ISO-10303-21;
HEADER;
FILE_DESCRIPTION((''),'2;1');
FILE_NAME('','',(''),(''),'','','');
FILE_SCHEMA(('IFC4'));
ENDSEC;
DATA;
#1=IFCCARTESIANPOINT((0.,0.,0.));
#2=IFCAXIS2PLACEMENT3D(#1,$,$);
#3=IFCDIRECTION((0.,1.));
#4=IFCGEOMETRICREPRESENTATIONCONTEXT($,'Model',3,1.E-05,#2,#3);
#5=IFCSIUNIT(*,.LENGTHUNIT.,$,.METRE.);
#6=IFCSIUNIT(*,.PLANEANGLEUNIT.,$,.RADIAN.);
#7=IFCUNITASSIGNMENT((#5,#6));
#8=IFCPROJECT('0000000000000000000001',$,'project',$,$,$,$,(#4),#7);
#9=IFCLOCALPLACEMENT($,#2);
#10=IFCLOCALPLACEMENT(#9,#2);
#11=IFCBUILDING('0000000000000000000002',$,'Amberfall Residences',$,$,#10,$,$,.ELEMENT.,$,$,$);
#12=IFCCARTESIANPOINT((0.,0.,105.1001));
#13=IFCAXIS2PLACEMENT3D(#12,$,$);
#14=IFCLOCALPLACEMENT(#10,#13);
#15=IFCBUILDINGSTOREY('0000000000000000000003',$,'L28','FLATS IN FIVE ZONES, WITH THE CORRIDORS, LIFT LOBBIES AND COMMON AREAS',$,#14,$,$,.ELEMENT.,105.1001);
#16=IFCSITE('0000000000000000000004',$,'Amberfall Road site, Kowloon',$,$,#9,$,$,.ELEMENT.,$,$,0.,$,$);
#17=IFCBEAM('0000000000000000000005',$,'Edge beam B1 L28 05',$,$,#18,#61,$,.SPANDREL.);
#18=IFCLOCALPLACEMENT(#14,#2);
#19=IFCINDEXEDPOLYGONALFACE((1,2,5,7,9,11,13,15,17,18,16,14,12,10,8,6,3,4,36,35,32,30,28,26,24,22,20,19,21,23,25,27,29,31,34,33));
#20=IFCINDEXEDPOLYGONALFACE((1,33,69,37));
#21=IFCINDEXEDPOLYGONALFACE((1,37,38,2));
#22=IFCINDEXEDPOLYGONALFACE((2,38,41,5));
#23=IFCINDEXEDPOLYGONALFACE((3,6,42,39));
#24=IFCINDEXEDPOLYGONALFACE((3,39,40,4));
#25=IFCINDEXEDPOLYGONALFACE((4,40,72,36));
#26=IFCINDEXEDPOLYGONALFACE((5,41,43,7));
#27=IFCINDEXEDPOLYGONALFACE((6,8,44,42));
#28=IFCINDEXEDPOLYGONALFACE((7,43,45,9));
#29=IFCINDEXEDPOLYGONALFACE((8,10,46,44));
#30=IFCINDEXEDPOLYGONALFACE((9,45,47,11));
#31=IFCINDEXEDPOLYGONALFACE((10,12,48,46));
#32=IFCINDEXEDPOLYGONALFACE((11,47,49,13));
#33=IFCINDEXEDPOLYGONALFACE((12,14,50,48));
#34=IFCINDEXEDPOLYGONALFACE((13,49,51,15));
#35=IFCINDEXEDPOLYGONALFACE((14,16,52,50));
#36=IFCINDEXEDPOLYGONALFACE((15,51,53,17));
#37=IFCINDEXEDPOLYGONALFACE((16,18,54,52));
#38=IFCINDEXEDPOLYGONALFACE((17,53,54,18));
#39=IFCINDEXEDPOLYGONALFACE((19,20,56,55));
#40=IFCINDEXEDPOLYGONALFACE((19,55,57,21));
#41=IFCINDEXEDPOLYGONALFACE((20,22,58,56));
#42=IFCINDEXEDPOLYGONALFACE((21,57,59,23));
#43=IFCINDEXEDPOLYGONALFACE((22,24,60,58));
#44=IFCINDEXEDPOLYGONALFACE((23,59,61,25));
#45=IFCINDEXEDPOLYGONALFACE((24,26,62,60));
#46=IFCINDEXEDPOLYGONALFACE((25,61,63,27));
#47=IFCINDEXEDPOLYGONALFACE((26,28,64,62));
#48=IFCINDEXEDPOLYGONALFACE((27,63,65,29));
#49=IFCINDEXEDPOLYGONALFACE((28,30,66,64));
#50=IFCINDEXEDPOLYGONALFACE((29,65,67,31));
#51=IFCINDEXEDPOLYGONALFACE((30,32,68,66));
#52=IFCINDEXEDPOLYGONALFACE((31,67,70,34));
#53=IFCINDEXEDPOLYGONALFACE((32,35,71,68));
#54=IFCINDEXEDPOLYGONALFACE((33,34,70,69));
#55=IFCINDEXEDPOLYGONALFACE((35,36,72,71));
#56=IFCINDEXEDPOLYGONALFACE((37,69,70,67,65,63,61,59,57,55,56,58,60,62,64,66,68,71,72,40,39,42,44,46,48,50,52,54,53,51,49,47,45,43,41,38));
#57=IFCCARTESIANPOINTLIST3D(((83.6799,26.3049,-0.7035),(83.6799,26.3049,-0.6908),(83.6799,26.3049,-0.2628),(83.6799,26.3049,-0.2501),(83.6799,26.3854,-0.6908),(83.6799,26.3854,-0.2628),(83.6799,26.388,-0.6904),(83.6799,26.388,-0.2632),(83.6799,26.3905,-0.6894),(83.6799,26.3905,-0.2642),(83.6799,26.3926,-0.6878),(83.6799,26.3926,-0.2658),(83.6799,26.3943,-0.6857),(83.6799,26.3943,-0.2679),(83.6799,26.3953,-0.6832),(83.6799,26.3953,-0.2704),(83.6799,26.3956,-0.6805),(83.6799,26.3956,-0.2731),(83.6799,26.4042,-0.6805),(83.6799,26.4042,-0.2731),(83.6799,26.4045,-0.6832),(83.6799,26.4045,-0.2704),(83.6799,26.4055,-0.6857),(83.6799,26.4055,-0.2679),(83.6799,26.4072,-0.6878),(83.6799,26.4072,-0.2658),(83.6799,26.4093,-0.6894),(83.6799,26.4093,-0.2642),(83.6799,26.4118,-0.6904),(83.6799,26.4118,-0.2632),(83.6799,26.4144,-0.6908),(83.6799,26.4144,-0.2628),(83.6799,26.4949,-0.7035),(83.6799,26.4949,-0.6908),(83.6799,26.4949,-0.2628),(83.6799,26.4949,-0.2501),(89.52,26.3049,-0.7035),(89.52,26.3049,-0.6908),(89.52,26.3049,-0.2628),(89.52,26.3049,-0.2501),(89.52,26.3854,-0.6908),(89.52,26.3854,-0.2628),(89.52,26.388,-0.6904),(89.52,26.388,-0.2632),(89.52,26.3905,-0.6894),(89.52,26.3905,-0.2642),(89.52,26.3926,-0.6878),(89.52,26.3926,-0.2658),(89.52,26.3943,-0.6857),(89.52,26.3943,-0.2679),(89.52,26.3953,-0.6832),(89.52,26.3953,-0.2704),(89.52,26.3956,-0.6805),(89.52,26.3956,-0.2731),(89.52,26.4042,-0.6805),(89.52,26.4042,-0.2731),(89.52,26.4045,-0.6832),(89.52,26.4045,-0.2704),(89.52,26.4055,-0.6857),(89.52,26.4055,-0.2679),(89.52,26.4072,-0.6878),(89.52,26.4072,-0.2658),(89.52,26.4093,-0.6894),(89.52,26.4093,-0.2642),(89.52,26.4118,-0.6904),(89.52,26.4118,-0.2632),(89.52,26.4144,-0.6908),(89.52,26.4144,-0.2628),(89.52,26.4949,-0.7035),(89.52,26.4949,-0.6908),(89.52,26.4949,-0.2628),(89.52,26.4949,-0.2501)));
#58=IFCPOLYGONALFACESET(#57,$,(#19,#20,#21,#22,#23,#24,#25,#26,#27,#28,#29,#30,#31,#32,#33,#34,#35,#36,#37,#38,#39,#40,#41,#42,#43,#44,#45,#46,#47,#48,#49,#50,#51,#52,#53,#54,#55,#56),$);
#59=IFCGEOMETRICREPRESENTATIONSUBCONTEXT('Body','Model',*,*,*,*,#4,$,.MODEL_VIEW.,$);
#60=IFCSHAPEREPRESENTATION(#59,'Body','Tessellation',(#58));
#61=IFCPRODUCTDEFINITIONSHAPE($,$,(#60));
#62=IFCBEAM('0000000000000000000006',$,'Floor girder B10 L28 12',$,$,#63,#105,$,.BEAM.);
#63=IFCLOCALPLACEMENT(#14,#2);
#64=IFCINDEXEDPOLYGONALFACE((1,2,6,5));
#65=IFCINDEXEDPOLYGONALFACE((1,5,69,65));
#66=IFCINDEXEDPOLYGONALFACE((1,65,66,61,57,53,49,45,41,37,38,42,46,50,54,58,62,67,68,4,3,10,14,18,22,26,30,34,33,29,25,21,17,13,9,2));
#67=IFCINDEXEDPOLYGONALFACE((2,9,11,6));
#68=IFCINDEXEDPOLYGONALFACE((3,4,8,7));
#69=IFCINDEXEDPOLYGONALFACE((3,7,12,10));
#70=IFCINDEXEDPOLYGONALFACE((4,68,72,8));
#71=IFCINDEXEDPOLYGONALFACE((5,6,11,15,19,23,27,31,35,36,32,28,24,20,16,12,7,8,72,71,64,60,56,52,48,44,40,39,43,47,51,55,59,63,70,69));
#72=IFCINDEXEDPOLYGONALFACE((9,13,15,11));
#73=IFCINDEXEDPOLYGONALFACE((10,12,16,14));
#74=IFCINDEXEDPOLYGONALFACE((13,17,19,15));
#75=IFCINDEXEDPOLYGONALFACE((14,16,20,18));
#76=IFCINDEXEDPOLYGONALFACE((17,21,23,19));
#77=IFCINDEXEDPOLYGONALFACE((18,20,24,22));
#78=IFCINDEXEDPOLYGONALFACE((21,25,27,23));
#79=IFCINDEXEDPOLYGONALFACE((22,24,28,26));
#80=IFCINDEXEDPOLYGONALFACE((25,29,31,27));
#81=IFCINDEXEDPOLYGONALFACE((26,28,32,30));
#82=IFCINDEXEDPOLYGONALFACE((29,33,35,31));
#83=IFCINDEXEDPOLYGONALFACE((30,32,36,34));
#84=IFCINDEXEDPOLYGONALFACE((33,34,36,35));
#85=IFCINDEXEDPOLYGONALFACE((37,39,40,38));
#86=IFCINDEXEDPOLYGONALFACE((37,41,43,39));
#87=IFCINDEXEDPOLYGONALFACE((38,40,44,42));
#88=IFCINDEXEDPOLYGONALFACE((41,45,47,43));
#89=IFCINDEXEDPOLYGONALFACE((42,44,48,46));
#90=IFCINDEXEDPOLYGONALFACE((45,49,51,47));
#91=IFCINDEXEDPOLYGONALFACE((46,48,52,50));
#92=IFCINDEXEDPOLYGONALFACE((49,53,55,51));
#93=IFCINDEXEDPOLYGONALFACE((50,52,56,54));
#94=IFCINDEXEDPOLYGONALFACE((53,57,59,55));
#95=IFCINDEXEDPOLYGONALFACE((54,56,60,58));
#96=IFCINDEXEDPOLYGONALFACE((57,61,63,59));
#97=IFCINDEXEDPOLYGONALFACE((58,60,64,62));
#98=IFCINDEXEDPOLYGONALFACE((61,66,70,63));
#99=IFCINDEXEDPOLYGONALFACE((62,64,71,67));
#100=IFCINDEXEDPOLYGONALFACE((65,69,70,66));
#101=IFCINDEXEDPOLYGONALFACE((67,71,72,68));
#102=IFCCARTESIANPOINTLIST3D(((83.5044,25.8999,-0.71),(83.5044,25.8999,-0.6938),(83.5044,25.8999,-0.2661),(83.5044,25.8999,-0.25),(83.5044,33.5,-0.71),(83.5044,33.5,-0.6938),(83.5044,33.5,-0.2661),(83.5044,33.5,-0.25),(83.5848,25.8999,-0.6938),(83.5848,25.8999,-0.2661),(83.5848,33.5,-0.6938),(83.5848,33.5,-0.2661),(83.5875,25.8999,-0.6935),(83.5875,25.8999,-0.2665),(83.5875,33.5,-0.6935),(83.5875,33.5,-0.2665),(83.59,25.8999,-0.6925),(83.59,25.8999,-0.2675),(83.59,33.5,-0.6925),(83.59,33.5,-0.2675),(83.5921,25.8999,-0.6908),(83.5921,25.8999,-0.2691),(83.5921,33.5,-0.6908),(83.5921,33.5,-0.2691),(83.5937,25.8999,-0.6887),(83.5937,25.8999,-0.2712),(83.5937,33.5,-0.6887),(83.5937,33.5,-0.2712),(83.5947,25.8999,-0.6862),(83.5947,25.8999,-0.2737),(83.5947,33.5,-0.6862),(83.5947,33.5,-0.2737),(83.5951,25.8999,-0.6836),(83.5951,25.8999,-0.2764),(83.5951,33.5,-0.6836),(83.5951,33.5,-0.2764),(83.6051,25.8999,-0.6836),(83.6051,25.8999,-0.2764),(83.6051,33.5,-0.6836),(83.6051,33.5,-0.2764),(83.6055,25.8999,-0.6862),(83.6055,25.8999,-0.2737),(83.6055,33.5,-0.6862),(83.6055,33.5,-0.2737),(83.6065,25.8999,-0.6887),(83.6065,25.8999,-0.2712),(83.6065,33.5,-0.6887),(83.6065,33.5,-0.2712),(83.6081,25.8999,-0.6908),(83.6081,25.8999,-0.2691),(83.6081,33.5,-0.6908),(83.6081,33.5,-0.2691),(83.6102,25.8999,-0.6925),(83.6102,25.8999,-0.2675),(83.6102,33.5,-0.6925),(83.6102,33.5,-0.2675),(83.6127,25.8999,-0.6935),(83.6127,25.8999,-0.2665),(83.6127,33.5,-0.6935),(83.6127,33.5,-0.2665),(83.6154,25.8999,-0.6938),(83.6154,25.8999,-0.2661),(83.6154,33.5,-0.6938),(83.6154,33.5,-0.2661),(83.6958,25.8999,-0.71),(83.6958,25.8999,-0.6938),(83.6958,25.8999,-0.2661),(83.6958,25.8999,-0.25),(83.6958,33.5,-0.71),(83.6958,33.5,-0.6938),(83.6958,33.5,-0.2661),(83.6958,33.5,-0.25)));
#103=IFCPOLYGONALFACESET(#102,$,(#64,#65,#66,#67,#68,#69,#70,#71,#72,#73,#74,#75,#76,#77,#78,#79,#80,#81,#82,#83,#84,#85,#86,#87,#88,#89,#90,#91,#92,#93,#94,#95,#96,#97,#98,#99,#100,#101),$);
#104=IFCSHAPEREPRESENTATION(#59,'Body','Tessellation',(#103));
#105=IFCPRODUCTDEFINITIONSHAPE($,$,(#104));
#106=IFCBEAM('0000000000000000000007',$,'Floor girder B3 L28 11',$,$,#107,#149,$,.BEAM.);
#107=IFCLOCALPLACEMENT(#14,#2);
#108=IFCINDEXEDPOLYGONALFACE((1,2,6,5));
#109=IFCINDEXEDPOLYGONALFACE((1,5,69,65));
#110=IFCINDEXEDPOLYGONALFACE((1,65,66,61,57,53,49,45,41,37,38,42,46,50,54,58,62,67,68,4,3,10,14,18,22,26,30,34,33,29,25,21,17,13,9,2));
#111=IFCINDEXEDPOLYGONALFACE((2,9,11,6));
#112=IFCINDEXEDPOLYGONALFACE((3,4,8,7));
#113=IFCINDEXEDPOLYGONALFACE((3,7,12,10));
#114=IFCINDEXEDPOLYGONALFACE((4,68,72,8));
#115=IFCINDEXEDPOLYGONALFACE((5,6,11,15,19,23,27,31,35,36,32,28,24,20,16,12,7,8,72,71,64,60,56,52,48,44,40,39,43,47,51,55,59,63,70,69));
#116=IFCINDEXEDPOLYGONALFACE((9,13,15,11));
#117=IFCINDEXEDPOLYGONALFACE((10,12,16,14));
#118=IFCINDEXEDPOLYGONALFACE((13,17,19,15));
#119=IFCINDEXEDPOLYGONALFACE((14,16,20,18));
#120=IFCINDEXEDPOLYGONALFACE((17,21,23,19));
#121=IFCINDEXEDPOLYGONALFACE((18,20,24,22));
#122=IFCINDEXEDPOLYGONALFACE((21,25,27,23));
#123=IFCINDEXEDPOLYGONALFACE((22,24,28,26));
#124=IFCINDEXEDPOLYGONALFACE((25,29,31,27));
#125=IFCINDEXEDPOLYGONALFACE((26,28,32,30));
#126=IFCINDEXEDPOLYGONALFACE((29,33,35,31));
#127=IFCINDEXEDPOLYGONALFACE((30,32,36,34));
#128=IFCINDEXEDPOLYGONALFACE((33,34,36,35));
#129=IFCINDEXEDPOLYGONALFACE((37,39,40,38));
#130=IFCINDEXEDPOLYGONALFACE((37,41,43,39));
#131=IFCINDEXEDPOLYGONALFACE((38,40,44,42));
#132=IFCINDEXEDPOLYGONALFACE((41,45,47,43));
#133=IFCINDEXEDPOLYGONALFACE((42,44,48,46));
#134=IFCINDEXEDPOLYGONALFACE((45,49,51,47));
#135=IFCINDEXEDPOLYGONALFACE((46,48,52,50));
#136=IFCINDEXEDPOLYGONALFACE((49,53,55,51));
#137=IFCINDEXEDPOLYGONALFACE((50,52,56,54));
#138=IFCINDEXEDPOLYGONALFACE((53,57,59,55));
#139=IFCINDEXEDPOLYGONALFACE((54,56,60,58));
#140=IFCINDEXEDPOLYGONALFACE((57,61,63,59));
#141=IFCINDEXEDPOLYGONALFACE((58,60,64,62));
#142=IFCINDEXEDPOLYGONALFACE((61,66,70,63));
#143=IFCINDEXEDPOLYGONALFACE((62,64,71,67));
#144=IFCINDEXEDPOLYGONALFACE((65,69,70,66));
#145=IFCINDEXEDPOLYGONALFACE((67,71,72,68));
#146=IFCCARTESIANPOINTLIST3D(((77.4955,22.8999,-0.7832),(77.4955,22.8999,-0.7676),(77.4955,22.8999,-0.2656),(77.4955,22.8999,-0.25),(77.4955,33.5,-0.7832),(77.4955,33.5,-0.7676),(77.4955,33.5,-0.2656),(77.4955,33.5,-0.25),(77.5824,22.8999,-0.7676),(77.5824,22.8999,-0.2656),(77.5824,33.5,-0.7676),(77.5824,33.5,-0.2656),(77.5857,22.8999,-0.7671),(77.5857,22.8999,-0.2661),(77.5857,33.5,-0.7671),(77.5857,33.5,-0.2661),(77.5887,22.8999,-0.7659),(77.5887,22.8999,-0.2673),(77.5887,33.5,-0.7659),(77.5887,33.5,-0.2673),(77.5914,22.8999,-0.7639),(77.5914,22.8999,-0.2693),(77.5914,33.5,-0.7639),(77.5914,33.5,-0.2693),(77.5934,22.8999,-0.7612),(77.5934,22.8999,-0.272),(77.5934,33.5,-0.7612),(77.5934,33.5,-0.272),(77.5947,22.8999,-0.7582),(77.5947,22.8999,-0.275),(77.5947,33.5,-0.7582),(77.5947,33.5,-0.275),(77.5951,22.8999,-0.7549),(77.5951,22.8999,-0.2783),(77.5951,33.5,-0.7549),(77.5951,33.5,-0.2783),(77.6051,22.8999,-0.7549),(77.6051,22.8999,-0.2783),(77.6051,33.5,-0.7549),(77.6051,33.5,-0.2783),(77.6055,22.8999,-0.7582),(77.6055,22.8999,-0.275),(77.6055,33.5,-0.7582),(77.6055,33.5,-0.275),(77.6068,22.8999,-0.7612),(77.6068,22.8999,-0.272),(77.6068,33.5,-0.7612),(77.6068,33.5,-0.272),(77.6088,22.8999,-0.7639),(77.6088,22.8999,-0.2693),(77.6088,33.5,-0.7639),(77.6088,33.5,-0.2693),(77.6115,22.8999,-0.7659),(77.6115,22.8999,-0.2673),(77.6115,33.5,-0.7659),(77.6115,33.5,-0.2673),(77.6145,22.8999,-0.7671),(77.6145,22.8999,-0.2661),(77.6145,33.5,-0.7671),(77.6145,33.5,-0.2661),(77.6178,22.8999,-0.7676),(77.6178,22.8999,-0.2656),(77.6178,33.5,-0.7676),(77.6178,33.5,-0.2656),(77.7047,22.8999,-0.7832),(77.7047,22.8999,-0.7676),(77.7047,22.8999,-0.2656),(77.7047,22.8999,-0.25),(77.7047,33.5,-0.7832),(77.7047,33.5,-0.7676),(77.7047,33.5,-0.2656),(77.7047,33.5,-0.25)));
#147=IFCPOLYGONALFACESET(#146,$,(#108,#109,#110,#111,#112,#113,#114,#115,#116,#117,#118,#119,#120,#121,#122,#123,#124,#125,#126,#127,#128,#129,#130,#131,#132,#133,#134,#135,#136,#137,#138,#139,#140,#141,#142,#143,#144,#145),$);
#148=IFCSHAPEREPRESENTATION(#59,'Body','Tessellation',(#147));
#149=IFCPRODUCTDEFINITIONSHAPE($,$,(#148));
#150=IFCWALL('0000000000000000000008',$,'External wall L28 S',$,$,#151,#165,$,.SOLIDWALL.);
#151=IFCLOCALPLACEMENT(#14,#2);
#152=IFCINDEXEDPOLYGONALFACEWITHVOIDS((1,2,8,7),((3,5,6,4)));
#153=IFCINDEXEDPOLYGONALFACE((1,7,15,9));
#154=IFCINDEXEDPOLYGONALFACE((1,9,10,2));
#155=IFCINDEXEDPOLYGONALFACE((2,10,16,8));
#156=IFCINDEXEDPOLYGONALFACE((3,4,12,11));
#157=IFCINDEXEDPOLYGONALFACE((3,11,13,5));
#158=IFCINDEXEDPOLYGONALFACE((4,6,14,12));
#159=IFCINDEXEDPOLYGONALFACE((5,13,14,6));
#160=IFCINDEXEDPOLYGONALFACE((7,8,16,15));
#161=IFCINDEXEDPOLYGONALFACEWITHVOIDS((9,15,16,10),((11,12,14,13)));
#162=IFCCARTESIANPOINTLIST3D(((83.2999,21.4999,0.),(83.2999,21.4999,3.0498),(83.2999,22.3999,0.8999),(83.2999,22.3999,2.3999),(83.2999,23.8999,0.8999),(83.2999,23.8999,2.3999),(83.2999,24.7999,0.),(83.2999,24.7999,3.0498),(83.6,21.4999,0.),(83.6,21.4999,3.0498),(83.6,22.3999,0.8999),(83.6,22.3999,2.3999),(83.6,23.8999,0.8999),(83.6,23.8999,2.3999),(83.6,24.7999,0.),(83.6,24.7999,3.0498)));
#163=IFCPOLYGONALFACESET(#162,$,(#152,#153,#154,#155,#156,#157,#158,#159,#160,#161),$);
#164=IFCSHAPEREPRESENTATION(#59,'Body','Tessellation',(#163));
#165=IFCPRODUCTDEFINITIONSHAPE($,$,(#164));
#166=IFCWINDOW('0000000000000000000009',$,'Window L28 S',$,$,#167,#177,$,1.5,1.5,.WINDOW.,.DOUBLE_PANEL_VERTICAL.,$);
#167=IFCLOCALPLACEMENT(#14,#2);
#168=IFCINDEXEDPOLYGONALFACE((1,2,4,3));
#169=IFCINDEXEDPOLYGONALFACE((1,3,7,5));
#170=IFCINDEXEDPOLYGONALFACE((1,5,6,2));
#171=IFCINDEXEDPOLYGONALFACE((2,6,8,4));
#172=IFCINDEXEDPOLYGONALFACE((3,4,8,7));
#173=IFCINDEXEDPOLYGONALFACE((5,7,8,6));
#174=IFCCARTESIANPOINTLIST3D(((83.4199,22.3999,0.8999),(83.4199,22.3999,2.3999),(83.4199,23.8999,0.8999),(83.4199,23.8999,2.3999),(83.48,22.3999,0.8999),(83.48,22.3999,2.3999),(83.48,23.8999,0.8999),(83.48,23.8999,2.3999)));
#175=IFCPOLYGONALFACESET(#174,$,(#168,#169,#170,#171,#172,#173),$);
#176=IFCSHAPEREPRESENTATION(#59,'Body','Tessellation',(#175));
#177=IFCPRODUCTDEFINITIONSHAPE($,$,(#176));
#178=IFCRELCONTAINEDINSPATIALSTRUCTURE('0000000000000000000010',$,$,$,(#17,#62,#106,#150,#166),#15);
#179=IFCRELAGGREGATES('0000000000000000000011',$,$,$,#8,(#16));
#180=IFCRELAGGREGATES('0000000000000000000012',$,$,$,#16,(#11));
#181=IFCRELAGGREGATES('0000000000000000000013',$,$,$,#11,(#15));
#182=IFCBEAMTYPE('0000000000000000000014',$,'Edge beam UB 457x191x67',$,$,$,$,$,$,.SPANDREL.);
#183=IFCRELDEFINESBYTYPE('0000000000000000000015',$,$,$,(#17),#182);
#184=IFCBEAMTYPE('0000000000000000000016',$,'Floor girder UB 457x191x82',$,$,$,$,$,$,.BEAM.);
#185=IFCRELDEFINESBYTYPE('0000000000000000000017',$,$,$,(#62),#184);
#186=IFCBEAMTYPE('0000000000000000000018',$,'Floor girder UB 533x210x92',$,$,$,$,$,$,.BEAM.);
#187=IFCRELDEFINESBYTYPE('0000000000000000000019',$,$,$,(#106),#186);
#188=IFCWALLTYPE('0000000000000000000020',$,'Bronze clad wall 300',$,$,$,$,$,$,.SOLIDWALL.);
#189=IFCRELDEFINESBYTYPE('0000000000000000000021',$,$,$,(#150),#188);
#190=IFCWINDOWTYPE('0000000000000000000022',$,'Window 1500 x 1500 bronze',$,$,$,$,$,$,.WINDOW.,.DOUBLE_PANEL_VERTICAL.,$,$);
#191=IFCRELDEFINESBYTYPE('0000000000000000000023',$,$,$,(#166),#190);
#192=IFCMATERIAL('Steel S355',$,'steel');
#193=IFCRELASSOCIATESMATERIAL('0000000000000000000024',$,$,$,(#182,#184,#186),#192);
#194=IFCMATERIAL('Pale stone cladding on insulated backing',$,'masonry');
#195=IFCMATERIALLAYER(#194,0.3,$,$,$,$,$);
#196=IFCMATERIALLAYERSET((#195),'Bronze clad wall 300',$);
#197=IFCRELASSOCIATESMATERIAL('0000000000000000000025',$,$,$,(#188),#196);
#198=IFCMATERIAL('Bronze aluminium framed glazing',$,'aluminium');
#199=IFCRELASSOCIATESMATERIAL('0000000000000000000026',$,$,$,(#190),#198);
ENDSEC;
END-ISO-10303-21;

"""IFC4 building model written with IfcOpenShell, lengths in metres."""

from ifc_helpers import new_model, si_unit, direction, frame, frame_2d, origin, origin_2d, place, context, subcontext, project, spatial, rectangle, i_section, extrude, material, layer, layer_set, material_profile, profile_set, type_object, element, fill, save


model = new_model("IFC4")

# Units and contexts
model_context = context("Model", 3, precision=1e-05, world=origin(), true_north=direction((0.0, 1.0)))
body_context = subcontext(model_context, "Body", "Model", "MODEL_VIEW")
ifc_project = project(units=[si_unit("LENGTHUNIT", "METRE"), si_unit("PLANEANGLEUNIT", "RADIAN")], contexts=[model_context])

# Site, building, storey
site_placement = place(None, origin())
site = spatial("IfcSite", under=ifc_project, at=site_placement, Name="Amberfall Road site, Kowloon", CompositionType="ELEMENT", RefElevation=0.0)
building_placement = place(site_placement, origin())
building = spatial("IfcBuilding", under=site, at=building_placement, Name="Amberfall Residences", CompositionType="ELEMENT")
storey_placement = place(building_placement, frame((0.0, 0.0, 105.1001)))
storey = spatial("IfcBuildingStorey", under=building, at=storey_placement, Name="L28", Description="FLATS IN FIVE ZONES, WITH THE CORRIDORS, LIFT LOBBIES AND COMMON AREAS", CompositionType="ELEMENT", Elevation=105.1001)

# Beams
ifc_material_1 = material(Name="Steel S355", Category="steel")
ifc_material_profile_1 = material_profile(ifc_material_1, i_section(OverallWidth=0.1899, OverallDepth=0.4534, WebThickness=0.0085, FlangeThickness=0.0127, FilletRadius=0.0103, at=origin_2d()), Name="UB 457x191x67")
ifc_profile_set_1 = profile_set([ifc_material_profile_1], Name="Steel S355")
beam_type_1 = type_object("IfcBeamType", Name="Edge beam UB 457x191x67", PredefinedType="SPANDREL", material=ifc_profile_set_1)
beam_1_placement = place(storey_placement, frame((83.6799, 26.3999, -0.4768), z_axis=(1.0, 0.0, 0.0), x_axis=(0.0, 1.0, 0.0)))
element("IfcBeam", 1, at=beam_1_placement, inside=storey, type_object=beam_type_1, Name="Edge beam B1 L28 05", PredefinedType="SPANDREL", context=body_context, shape_type="SweptSolid", body=[
    extrude(i_section(OverallWidth=0.1899, OverallDepth=0.4534, WebThickness=0.0085, FlangeThickness=0.0127, FilletRadius=0.0103, at=origin_2d()), origin(), (0.0, 0.0, 1.0), 5.8401),
])
ifc_material_profile_2 = material_profile(ifc_material_1, i_section(OverallWidth=0.1914, OverallDepth=0.46, WebThickness=0.01, FlangeThickness=0.0161, FilletRadius=0.0103, at=origin_2d()), Name="UB 457x191x82")
ifc_profile_set_2 = profile_set([ifc_material_profile_2], Name="Steel S355")
beam_type_2 = type_object("IfcBeamType", Name="Floor girder UB 457x191x82", PredefinedType="BEAM", material=ifc_profile_set_2)
beam_2_placement = place(storey_placement, frame((83.6001, 25.8999, -0.48), z_axis=(0.0, 1.0, 0.0), x_axis=(-1.0, 0.0, 0.0)))
element("IfcBeam", 2, at=beam_2_placement, inside=storey, type_object=beam_type_2, Name="Floor girder B10 L28 12", PredefinedType="BEAM", context=body_context, shape_type="SweptSolid", body=[
    extrude(i_section(OverallWidth=0.1914, OverallDepth=0.46, WebThickness=0.01, FlangeThickness=0.0161, FilletRadius=0.0103, at=origin_2d()), origin(), (0.0, 0.0, 1.0), 7.6001),
])
ifc_material_profile_3 = material_profile(ifc_material_1, i_section(OverallWidth=0.2092, OverallDepth=0.5332, WebThickness=0.01, FlangeThickness=0.0156, FilletRadius=0.0127, at=origin_2d()), Name="UB 533x210x92")
ifc_profile_set_3 = profile_set([ifc_material_profile_3], Name="Steel S355")
beam_type_3 = type_object("IfcBeamType", Name="Floor girder UB 533x210x92", PredefinedType="BEAM", material=ifc_profile_set_3)
beam_3_placement = place(storey_placement, frame((77.6001, 22.8999, -0.5166), z_axis=(0.0, 1.0, 0.0), x_axis=(-1.0, 0.0, 0.0)))
element("IfcBeam", 3, at=beam_3_placement, inside=storey, type_object=beam_type_3, Name="Floor girder B3 L28 11", PredefinedType="BEAM", context=body_context, shape_type="SweptSolid", body=[
    extrude(i_section(OverallWidth=0.2092, OverallDepth=0.5332, WebThickness=0.01, FlangeThickness=0.0156, FilletRadius=0.0127, at=origin_2d()), origin(), (0.0, 0.0, 1.0), 10.6001),
])

# Wall, opening, window
ifc_material_2 = material(Name="Pale stone cladding on insulated backing", Category="masonry")
ifc_layer_1 = layer(ifc_material_2, 0.3)
ifc_layer_set_1 = layer_set([ifc_layer_1], Name="Bronze clad wall 300")
wall_type_1 = type_object("IfcWallType", Name="Bronze clad wall 300", PredefinedType="SOLIDWALL", material=ifc_layer_set_1)
wall_1_placement = place(storey_placement, frame((83.45, 21.5, 0.0), z_axis=(0.0, 0.0, 1.0), x_axis=(0.0, 1.0, 0.0)))
wall_1 = element("IfcWall", 4, at=wall_1_placement, inside=storey, type_object=wall_type_1, Name="External wall L28 S", PredefinedType="SOLIDWALL", context=body_context, shape_type="SweptSolid", body=[
    extrude(rectangle(XDim=3.3, YDim=0.3, at=frame_2d((1.6499, 0.0))), origin(), (0.0, 0.0, 1.0), 3.0498),
])
opening_1_placement = place(wall_1_placement, frame((0.8999, 0.0, 0.8999)))
opening_1 = element("IfcOpeningElement", 5, at=opening_1_placement, cuts=wall_1, PredefinedType="OPENING", context=body_context, shape_type="SweptSolid", body=[
    extrude(rectangle(XDim=1.5, YDim=1.5, at=frame_2d((0.75, 0.75))), frame((0.0, 0.1599, 0.0), z_axis=(0.0, -1.0, 0.0), x_axis=(1.0, 0.0, 0.0)), (0.0, 0.0, 1.0), 0.3201),
])
ifc_material_3 = material(Name="Bronze aluminium framed glazing", Category="aluminium")
window_type_1 = type_object("IfcWindowType", Name="Window 1500 x 1500 bronze", PartitioningType="DOUBLE_PANEL_VERTICAL", PredefinedType="WINDOW", material=ifc_material_3)
window_1_placement = place(opening_1_placement, origin())
window_1 = element("IfcWindow", 6, at=window_1_placement, inside=storey, type_object=window_type_1, Name="Window L28 S", OverallHeight=1.5, OverallWidth=1.5, PartitioningType="DOUBLE_PANEL_VERTICAL", PredefinedType="WINDOW", context=body_context, shape_type="SweptSolid", body=[
    extrude(rectangle(XDim=1.5, YDim=1.5, at=frame_2d((0.75, 0.75))), frame((0.0, 0.03, 0.0), z_axis=(0.0, -1.0, 0.0), x_axis=(1.0, 0.0, 0.0)), (0.0, 0.0, 1.0), 0.0601),
])
fill(opening_1, window_1)

save(model, "model.ifc")
